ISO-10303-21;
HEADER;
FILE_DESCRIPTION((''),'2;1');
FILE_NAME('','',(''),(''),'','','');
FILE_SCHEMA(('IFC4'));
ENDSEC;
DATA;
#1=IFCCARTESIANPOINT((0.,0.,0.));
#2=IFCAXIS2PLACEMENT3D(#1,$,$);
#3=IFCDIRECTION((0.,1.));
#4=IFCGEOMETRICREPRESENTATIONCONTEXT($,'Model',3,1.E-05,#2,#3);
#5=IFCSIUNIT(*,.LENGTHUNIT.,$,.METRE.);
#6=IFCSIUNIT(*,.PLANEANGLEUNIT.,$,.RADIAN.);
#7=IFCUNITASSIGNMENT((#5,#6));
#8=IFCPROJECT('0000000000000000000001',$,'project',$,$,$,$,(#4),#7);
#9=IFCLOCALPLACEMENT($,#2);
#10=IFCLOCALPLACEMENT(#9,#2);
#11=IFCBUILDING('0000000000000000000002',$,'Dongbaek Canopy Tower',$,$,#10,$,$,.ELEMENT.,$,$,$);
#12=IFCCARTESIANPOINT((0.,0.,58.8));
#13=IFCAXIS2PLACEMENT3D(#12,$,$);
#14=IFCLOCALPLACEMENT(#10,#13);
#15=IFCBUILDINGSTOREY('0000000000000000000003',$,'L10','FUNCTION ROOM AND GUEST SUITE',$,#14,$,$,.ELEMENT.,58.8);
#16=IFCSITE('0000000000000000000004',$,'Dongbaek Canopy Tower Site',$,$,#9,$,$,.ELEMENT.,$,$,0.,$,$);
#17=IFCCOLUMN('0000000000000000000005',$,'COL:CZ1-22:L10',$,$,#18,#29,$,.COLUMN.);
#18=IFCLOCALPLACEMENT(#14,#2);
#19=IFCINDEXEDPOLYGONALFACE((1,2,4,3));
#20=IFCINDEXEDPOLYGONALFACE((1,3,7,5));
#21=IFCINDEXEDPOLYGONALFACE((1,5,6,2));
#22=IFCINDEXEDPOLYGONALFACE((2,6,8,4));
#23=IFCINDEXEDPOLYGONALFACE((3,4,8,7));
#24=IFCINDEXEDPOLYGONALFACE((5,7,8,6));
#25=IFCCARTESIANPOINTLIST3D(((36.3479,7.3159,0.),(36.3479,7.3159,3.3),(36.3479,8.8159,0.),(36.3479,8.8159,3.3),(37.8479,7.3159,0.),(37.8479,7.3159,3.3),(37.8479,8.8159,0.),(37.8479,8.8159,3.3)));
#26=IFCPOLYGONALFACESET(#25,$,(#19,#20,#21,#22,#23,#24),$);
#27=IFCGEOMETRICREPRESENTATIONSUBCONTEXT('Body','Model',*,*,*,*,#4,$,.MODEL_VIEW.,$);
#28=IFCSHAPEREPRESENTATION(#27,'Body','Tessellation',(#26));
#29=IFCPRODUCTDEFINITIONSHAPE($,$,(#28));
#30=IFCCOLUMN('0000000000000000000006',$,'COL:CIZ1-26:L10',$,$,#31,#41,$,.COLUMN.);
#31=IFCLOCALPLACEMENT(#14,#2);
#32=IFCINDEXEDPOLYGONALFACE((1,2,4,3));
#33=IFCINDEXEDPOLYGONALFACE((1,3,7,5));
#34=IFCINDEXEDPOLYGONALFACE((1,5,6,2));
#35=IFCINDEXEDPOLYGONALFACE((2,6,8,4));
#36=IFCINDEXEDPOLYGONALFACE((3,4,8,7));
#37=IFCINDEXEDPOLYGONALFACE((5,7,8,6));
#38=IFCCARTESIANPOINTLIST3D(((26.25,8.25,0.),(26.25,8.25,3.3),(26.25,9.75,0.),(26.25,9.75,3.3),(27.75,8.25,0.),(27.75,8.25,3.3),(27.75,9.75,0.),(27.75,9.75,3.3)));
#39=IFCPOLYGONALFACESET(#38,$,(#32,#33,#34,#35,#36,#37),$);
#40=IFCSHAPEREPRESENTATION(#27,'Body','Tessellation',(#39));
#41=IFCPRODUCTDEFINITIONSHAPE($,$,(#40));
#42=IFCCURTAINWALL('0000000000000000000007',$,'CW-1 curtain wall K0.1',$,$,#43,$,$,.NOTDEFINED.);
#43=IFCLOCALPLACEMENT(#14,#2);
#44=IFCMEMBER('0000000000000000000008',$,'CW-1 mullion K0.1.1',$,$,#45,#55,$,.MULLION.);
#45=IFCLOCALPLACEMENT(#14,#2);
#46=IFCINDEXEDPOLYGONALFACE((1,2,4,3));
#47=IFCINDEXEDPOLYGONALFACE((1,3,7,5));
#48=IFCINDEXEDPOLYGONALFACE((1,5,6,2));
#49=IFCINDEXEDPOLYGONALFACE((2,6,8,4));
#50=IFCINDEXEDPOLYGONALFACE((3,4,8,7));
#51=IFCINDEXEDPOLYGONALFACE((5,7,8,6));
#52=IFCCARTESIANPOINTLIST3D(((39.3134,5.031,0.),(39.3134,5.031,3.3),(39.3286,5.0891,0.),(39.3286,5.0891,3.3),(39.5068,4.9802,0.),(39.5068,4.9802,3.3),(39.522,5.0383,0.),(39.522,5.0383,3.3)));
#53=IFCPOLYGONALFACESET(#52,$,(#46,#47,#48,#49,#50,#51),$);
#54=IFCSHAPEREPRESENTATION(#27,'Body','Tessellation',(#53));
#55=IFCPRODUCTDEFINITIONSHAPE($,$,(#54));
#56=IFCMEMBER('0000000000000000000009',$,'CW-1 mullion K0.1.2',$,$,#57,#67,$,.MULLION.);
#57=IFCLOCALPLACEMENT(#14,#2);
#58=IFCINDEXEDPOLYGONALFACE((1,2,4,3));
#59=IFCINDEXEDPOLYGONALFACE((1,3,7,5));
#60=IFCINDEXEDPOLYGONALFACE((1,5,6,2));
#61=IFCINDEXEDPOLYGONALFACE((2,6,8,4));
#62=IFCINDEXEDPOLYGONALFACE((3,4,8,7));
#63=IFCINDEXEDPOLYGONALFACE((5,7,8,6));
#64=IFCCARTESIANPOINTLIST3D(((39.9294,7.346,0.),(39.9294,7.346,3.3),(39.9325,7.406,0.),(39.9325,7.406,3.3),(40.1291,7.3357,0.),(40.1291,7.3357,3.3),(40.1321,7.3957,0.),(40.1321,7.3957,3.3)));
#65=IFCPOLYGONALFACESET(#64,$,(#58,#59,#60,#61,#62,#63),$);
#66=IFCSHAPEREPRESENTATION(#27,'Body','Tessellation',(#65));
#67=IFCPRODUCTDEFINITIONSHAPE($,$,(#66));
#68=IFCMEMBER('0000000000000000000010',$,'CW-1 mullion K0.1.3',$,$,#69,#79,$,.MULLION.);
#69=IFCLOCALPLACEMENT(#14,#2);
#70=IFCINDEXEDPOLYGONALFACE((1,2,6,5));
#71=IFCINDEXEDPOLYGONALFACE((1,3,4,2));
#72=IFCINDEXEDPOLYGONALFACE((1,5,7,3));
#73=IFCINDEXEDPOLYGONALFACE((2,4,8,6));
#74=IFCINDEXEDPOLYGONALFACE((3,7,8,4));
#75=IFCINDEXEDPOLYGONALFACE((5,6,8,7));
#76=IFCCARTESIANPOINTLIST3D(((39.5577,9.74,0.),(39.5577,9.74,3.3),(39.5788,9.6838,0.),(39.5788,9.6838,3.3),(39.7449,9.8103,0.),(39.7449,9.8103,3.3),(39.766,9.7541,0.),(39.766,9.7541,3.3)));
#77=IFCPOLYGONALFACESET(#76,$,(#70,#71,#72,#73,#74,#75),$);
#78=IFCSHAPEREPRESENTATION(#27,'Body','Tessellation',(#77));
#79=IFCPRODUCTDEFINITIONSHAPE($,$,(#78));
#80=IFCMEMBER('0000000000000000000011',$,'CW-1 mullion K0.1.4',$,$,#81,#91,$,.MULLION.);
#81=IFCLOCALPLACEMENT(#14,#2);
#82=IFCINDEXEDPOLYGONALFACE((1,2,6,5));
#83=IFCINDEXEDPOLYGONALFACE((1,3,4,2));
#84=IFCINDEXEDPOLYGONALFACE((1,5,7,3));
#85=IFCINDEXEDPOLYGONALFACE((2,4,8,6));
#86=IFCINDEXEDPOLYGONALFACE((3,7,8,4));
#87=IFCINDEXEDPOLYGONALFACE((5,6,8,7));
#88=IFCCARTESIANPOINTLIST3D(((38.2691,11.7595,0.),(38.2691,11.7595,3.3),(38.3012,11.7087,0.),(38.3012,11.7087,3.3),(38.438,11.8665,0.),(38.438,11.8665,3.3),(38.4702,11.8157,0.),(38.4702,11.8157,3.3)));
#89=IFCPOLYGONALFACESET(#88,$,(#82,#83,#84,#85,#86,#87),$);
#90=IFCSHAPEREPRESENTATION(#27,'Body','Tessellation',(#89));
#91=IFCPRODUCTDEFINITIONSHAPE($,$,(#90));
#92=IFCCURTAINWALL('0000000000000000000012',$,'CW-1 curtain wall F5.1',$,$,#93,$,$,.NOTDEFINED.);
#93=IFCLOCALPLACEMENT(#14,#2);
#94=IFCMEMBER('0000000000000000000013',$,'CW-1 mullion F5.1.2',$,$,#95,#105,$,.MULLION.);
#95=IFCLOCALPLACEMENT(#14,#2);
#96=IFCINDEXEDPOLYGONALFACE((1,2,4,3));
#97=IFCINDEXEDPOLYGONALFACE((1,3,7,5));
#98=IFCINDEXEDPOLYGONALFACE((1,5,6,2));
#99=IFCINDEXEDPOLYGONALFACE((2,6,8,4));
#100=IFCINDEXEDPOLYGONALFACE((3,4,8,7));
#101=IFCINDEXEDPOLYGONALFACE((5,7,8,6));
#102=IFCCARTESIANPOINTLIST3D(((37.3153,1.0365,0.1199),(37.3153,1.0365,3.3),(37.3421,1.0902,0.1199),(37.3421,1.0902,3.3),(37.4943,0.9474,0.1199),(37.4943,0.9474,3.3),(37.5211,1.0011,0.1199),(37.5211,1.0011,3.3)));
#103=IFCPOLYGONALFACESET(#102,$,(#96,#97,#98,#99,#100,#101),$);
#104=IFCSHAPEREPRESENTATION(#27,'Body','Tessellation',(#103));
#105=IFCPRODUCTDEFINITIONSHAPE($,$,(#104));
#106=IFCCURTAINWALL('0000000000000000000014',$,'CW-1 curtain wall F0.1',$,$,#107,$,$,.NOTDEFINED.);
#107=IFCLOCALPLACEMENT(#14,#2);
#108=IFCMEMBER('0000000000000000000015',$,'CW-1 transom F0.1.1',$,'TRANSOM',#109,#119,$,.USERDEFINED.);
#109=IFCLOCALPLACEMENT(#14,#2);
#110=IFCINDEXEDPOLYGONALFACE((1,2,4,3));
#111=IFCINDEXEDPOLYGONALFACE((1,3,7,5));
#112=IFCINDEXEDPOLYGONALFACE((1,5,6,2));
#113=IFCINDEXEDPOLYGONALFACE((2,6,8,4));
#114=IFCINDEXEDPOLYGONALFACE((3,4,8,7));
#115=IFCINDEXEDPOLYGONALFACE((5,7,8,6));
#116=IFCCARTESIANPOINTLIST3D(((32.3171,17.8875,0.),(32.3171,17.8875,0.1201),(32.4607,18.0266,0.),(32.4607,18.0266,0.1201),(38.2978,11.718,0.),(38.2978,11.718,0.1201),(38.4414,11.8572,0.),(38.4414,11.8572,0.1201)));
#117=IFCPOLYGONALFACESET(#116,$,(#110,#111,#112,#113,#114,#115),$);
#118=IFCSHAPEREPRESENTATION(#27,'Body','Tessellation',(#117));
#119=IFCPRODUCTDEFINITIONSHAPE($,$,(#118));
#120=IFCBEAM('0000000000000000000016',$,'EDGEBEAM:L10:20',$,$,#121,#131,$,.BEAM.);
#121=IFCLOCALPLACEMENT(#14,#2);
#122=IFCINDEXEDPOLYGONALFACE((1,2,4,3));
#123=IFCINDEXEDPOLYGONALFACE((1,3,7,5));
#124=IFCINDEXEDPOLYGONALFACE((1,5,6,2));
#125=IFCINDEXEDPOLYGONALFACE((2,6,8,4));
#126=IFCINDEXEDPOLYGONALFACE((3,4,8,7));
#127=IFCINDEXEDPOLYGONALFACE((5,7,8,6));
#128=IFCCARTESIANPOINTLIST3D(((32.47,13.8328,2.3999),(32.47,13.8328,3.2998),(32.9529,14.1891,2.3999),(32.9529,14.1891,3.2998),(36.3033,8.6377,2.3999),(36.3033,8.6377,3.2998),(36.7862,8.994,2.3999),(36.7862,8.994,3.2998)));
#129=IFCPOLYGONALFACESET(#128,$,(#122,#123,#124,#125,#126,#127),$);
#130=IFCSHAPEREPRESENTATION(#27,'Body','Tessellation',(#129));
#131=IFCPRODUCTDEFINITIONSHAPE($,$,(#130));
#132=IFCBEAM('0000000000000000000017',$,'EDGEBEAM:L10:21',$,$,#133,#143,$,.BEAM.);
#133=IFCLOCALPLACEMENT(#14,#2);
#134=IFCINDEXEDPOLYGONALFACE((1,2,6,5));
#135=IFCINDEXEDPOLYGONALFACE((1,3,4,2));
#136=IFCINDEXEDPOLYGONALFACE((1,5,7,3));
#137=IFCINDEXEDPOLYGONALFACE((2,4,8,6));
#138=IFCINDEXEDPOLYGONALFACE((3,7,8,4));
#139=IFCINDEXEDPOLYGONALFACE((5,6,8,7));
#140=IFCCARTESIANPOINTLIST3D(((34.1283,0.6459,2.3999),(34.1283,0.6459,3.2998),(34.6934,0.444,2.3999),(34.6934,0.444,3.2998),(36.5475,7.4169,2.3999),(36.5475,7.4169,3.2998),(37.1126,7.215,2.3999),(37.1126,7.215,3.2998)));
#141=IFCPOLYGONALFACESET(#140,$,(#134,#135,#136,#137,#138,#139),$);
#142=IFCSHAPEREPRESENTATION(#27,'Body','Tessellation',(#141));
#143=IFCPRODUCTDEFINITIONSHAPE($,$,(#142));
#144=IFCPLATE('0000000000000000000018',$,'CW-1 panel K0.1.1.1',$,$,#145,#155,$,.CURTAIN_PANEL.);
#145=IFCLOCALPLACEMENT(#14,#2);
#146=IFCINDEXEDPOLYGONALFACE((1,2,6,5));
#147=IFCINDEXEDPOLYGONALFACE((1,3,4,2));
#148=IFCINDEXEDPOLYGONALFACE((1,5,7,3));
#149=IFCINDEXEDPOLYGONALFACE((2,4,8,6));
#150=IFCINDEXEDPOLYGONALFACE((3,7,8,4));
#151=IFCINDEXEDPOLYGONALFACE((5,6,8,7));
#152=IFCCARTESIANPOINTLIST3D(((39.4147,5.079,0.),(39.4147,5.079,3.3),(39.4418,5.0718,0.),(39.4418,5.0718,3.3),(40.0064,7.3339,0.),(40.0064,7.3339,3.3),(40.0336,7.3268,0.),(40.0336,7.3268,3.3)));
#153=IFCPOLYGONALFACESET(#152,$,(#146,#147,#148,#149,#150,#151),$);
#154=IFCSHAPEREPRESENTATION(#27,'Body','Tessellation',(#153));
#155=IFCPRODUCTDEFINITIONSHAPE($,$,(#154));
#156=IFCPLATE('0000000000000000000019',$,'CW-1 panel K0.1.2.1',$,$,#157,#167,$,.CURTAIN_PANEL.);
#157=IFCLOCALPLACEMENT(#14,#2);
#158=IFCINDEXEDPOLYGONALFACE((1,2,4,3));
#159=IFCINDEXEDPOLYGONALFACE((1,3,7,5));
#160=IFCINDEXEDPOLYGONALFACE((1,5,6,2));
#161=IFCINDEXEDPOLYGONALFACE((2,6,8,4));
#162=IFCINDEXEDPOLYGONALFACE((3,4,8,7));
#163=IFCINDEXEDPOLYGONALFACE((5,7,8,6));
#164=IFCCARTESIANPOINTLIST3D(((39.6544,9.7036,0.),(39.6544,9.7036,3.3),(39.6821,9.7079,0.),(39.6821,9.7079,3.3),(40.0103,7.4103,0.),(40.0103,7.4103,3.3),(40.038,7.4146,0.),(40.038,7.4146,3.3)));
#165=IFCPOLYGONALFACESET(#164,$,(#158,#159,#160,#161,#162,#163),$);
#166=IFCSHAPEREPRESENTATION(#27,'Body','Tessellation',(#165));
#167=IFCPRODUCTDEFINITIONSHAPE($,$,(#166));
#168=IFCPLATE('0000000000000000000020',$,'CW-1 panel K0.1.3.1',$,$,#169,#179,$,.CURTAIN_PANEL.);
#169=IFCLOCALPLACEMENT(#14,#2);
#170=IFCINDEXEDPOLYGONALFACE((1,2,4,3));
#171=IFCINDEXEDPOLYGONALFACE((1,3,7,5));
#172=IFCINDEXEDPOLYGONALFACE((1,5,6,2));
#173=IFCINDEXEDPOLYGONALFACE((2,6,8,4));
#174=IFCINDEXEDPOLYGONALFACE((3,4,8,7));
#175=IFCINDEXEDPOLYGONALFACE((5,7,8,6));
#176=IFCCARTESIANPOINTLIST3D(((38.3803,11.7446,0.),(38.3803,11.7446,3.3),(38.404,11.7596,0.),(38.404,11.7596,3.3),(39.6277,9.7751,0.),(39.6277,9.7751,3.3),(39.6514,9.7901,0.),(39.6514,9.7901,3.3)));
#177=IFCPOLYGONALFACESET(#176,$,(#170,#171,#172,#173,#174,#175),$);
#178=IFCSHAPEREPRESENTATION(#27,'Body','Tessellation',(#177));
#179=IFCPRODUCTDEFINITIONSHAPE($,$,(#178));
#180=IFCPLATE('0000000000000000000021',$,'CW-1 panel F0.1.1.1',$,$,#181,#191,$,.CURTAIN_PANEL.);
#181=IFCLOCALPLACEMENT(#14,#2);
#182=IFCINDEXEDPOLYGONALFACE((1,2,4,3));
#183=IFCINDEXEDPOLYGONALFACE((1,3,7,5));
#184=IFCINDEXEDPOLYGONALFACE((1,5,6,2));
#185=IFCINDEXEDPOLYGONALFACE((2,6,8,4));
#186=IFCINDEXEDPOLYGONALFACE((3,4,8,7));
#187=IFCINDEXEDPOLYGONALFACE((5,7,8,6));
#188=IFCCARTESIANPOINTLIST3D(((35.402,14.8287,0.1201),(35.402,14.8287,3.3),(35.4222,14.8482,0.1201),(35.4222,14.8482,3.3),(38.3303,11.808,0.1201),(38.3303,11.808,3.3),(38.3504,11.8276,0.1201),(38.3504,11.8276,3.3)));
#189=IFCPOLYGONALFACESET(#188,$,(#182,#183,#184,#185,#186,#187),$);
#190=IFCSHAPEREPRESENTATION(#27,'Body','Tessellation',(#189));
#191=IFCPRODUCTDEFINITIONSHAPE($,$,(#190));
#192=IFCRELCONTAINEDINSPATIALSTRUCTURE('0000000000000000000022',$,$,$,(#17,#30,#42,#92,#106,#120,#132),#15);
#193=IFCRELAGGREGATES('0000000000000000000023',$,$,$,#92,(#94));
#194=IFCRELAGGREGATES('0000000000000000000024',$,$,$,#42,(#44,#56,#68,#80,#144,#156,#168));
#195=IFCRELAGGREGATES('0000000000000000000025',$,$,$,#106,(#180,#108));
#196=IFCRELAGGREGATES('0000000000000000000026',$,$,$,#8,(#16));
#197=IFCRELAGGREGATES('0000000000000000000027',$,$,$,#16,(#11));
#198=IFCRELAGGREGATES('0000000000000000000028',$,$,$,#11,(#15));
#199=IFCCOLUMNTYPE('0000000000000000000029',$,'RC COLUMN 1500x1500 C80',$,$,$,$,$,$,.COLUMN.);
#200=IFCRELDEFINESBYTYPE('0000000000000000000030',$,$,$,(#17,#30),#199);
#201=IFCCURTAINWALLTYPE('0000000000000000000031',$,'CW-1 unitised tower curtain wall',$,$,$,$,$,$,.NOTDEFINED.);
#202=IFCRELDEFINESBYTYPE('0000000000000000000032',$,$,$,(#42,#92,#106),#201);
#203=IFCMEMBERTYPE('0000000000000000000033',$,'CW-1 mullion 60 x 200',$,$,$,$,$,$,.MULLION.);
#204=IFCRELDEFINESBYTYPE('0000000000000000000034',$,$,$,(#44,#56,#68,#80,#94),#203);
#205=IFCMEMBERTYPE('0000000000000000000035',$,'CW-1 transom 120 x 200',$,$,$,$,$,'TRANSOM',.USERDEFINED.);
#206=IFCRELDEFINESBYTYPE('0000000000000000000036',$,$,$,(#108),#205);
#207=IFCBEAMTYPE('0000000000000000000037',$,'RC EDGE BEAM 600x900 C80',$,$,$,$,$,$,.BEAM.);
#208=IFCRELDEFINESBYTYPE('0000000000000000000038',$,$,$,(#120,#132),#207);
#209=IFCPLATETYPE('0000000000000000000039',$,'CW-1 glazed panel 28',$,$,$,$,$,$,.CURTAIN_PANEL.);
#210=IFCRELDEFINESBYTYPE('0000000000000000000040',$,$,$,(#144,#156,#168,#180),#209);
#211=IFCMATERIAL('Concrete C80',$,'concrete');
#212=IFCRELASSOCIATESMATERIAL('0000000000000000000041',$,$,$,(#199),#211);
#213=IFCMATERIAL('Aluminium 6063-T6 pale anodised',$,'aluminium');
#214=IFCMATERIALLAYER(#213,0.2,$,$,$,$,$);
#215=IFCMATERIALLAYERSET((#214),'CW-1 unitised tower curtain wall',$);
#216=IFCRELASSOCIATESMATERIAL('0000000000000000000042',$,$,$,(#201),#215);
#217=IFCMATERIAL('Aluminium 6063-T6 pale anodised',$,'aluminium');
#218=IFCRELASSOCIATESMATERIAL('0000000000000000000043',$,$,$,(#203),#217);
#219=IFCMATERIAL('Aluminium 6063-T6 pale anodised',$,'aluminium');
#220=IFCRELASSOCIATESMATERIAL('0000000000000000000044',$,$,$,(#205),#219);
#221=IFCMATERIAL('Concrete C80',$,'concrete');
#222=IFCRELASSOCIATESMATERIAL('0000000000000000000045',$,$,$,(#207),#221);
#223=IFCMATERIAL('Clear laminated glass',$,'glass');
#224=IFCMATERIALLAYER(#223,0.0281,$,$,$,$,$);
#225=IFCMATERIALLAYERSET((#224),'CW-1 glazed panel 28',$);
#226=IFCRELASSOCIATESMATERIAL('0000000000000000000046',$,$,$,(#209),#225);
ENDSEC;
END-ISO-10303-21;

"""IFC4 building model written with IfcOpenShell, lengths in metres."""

from ifc_helpers import new_model, si_unit, direction, frame, origin, origin_2d, place, context, subcontext, project, spatial, rectangle, extrude, material, layer, layer_set, material_profile, profile_set, type_object, element, aggregate, save


model = new_model("IFC4")

# Units and contexts
model_context = context("Model", 3, precision=1e-05, world=origin(), true_north=direction((0.0, 1.0)))
body_context = subcontext(model_context, "Body", "Model", "MODEL_VIEW")
ifc_project = project(units=[si_unit("LENGTHUNIT", "METRE"), si_unit("PLANEANGLEUNIT", "RADIAN")], contexts=[model_context])

# Site, building, storey
site_placement = place(None, origin())
site = spatial("IfcSite", under=ifc_project, at=site_placement, Name="Dongbaek Canopy Tower Site", CompositionType="ELEMENT", RefElevation=0.0)
building_placement = place(site_placement, origin())
building = spatial("IfcBuilding", under=site, at=building_placement, Name="Dongbaek Canopy Tower", CompositionType="ELEMENT")
storey_placement = place(building_placement, frame((0.0, 0.0, 58.8)))
storey = spatial("IfcBuildingStorey", under=building, at=storey_placement, Name="L10", Description="FUNCTION ROOM AND GUEST SUITE", CompositionType="ELEMENT", Elevation=58.8)

# Columns
ifc_material_1 = material(Name="Concrete C80", Category="concrete")
ifc_material_profile_1 = material_profile(ifc_material_1, rectangle(XDim=1.5, YDim=1.5, at=origin_2d()), Name="RC COLUMN 1500x1500 C80")
ifc_profile_set_1 = profile_set([ifc_material_profile_1], Name="Concrete C80")
column_type = type_object("IfcColumnType", Name="RC COLUMN 1500x1500 C80", PredefinedType="COLUMN", material=ifc_profile_set_1)
for number, where, z_axis, x_axis, name in (
    (1, (37.0979, 8.0659, 0.0), (0.0, 0.0, 1.0), (1.0, 0.0, 0.0), "COL:CZ1-22:L10"),
    (2, (27.0, 9.0, 0.0), (0.0, 0.0, 1.0), (1.0, 0.0, 0.0), "COL:CIZ1-26:L10"),
):
    element("IfcColumn", number, at=place(storey_placement, frame(where, z_axis=z_axis, x_axis=x_axis)), inside=storey, type_object=column_type, Name=name, PredefinedType="COLUMN", context=body_context, shape_type="SweptSolid", body=[
        extrude(rectangle(XDim=1.5, YDim=1.5, at=origin_2d()), origin(), (0.0, 0.0, 1.0), 3.3),
    ])

# Curtain wall, members
ifc_material_2 = material(Name="Aluminium 6063-T6 pale anodised", Category="aluminium")
ifc_layer_1 = layer(ifc_material_2, 0.2)
ifc_layer_set_1 = layer_set([ifc_layer_1], Name="CW-1 unitised tower curtain wall")
curtain_wall_type = type_object("IfcCurtainWallType", Name="CW-1 unitised tower curtain wall", PredefinedType="NOTDEFINED", material=ifc_layer_set_1)
curtain_wall_1_placement = place(storey_placement, origin())
curtain_wall_1 = element("IfcCurtainWall", 3, at=curtain_wall_1_placement, inside=storey, type_object=curtain_wall_type, Name="CW-1 curtain wall K0.1", PredefinedType="NOTDEFINED")
ifc_material_3 = material(Name="Aluminium 6063-T6 pale anodised", Category="aluminium")
ifc_material_profile_2 = material_profile(ifc_material_3, rectangle(XDim=0.2, YDim=0.0601, at=origin_2d()), Name="CW-1 mullion 60 x 200")
ifc_profile_set_2 = profile_set([ifc_material_profile_2], Name="Aluminium 6063-T6 pale anodised")
member_type_1 = type_object("IfcMemberType", Name="CW-1 mullion 60 x 200", PredefinedType="MULLION", material=ifc_profile_set_2)
member_1_placement = place(storey_placement, frame((39.4177, 5.0347, 0.0), z_axis=(0.0, 0.0, 1.0), x_axis=(0.96725, -0.253824, 0.0)))
member_1 = element("IfcMember", 4, at=member_1_placement, type_object=member_type_1, Name="CW-1 mullion K0.1.1", PredefinedType="MULLION", context=body_context, shape_type="SweptSolid", body=[
    extrude(rectangle(XDim=0.2, YDim=0.0601, at=origin_2d()), origin(), (0.0, 0.0, 1.0), 3.3),
])
member_2_placement = place(storey_placement, frame((40.0308, 7.3708, 0.0), z_axis=(0.0, 0.0, 1.0), x_axis=(0.998683, -0.05131, 0.0)))
member_2 = element("IfcMember", 5, at=member_2_placement, type_object=member_type_1, Name="CW-1 mullion K0.1.2", PredefinedType="MULLION", context=body_context, shape_type="SweptSolid", body=[
    extrude(rectangle(XDim=0.2, YDim=0.0601, at=origin_2d()), origin(), (0.0, 0.0, 1.0), 3.3),
])
member_3_placement = place(storey_placement, frame((39.6619, 9.7471, 0.0), z_axis=(0.0, 0.0, 1.0), x_axis=(0.936155, 0.351588, 0.0)))
member_3 = element("IfcMember", 6, at=member_3_placement, type_object=member_type_1, Name="CW-1 mullion K0.1.3", PredefinedType="MULLION", context=body_context, shape_type="SweptSolid", body=[
    extrude(rectangle(XDim=0.2, YDim=0.0601, at=origin_2d()), origin(), (0.0, 0.0, 1.0), 3.3),
])
member_4_placement = place(storey_placement, frame((38.3696, 11.7876, 0.0), z_axis=(0.0, 0.0, 1.0), x_axis=(0.844821, 0.53505, 0.0)))
member_4 = element("IfcMember", 7, at=member_4_placement, type_object=member_type_1, Name="CW-1 mullion K0.1.4", PredefinedType="MULLION", context=body_context, shape_type="SweptSolid", body=[
    extrude(rectangle(XDim=0.2, YDim=0.0601, at=origin_2d()), origin(), (0.0, 0.0, 1.0), 3.3),
])

# Curtain walls, members
curtain_wall_2_placement = place(storey_placement, origin())
curtain_wall_2 = element("IfcCurtainWall", 8, at=curtain_wall_2_placement, inside=storey, type_object=curtain_wall_type, Name="CW-1 curtain wall F5.1", PredefinedType="NOTDEFINED")
member_5_placement = place(storey_placement, frame((37.4182, 1.0188, 0.1199), z_axis=(0.0, 0.0, 1.0), x_axis=(0.895193, -0.445678, 0.0)))
member_5 = element("IfcMember", 9, at=member_5_placement, type_object=member_type_1, Name="CW-1 mullion F5.1.2", PredefinedType="MULLION", context=body_context, shape_type="SweptSolid", body=[
    extrude(rectangle(XDim=0.2, YDim=0.0601, at=origin_2d()), origin(), (0.0, 0.0, 1.0), 3.1802),
])
curtain_wall_3_placement = place(storey_placement, origin())
curtain_wall_3 = element("IfcCurtainWall", 10, at=curtain_wall_3_placement, inside=storey, type_object=curtain_wall_type, Name="CW-1 curtain wall F0.1", PredefinedType="NOTDEFINED")
ifc_material_4 = material(Name="Aluminium 6063-T6 pale anodised", Category="aluminium")
ifc_material_profile_3 = material_profile(ifc_material_4, rectangle(XDim=0.2, YDim=0.1201, at=origin_2d()), Name="CW-1 transom 120 x 200")
ifc_profile_set_3 = profile_set([ifc_material_profile_3], Name="Aluminium 6063-T6 pale anodised")
member_type_2 = type_object("IfcMemberType", Name="CW-1 transom 120 x 200", ElementType="TRANSOM", PredefinedType="USERDEFINED", material=ifc_profile_set_3)
member_6_placement = place(storey_placement, frame((38.3696, 11.7876, 0.0601), z_axis=(-0.69604, 0.718003, 0.0), x_axis=(-0.718003, -0.69604, 0.0)))
member_6 = element("IfcMember", 11, at=member_6_placement, type_object=member_type_2, Name="CW-1 transom F0.1.1", ObjectType="TRANSOM", PredefinedType="USERDEFINED", context=body_context, shape_type="SweptSolid", body=[
    extrude(rectangle(XDim=0.2, YDim=0.1201, at=origin_2d()), origin(), (0.0, 0.0, 1.0), 8.5925),
])

# Beams
ifc_material_5 = material(Name="Concrete C80", Category="concrete")
ifc_material_profile_4 = material_profile(ifc_material_5, rectangle(XDim=0.6001, YDim=0.8999, at=origin_2d()), Name="RC EDGE BEAM 600x900 C80")
ifc_profile_set_4 = profile_set([ifc_material_profile_4], Name="Concrete C80")
beam_type = type_object("IfcBeamType", Name="RC EDGE BEAM 600x900 C80", PredefinedType="BEAM", material=ifc_profile_set_4)
beam_1_placement = place(storey_placement, frame((32.7114, 14.011, 2.8499), z_axis=(0.593732, -0.804663, 0.0), x_axis=(0.804663, 0.593732, 0.0)))
element("IfcBeam", 12, at=beam_1_placement, inside=storey, type_object=beam_type, Name="EDGEBEAM:L10:20", PredefinedType="BEAM", context=body_context, shape_type="SweptSolid", body=[
    extrude(rectangle(XDim=0.6001, YDim=0.8999, at=origin_2d()), origin(), (0.0, 0.0, 1.0), 6.4563),
])
beam_2_placement = place(storey_placement, frame((36.8301, 7.3159, 2.8499), z_axis=(-0.336457, -0.941699, 0.0), x_axis=(0.941699, -0.336457, 0.0)))
element("IfcBeam", 13, at=beam_2_placement, inside=storey, type_object=beam_type, Name="EDGEBEAM:L10:21", PredefinedType="BEAM", context=body_context, shape_type="SweptSolid", body=[
    extrude(rectangle(XDim=0.6001, YDim=0.8999, at=origin_2d()), origin(), (0.0, 0.0, 1.0), 7.1902),
])

# Plates
ifc_material_6 = material(Name="Clear laminated glass", Category="glass")
ifc_layer_2 = layer(ifc_material_6, 0.0281)
ifc_layer_set_2 = layer_set([ifc_layer_2], Name="CW-1 glazed panel 28")
plate_type = type_object("IfcPlateType", Name="CW-1 glazed panel 28", PredefinedType="CURTAIN_PANEL", material=ifc_layer_set_2)
plate_1_placement = place(storey_placement, frame((39.7241, 6.2029, 0.0), z_axis=(0.0, 0.0, 1.0), x_axis=(0.253824, 0.96725, 0.0)))
plate_1 = element("IfcPlate", 14, at=plate_1_placement, type_object=plate_type, Name="CW-1 panel K0.1.1.1", PredefinedType="CURTAIN_PANEL", context=body_context, shape_type="SweptSolid", body=[
    extrude(rectangle(XDim=2.3313, YDim=0.0281, at=origin_2d()), origin(), (0.0, 0.0, 1.0), 3.3),
])
plate_2_placement = place(storey_placement, frame((39.8462, 8.5591, 0.0), z_axis=(0.0, 0.0, 1.0), x_axis=(-0.15336, 0.98817, 0.0)))
plate_2 = element("IfcPlate", 15, at=plate_2_placement, type_object=plate_type, Name="CW-1 panel K0.1.2.1", PredefinedType="CURTAIN_PANEL", context=body_context, shape_type="SweptSolid", body=[
    extrude(rectangle(XDim=2.3208, YDim=0.0281, at=origin_2d()), origin(), (0.0, 0.0, 1.0), 3.3),
])
plate_3_placement = place(storey_placement, frame((39.0159, 10.7673, 0.0), z_axis=(0.0, 0.0, 1.0), x_axis=(-0.53505, 0.844821, 0.0)))
plate_3 = element("IfcPlate", 16, at=plate_3_placement, type_object=plate_type, Name="CW-1 panel K0.1.3.1", PredefinedType="CURTAIN_PANEL", context=body_context, shape_type="SweptSolid", body=[
    extrude(rectangle(XDim=2.3313, YDim=0.0281, at=origin_2d()), origin(), (0.0, 0.0, 1.0), 3.3),
])
plate_4_placement = place(storey_placement, frame((36.8762, 13.3281, 0.1201), z_axis=(0.0, 0.0, 1.0), x_axis=(-0.696039, 0.718004, 0.0)))
plate_4 = element("IfcPlate", 17, at=plate_4_placement, type_object=plate_type, Name="CW-1 panel F0.1.1.1", PredefinedType="CURTAIN_PANEL", context=body_context, shape_type="SweptSolid", body=[
    extrude(rectangle(XDim=4.207, YDim=0.0281, at=origin_2d()), origin(), (0.0, 0.0, 1.0), 3.1799),
])

aggregate(curtain_wall_2, [member_5])
aggregate(curtain_wall_1, [member_1, member_2, member_3, member_4, plate_1, plate_2, plate_3])
aggregate(curtain_wall_3, [plate_4, member_6])

save(model, "model.ifc")
